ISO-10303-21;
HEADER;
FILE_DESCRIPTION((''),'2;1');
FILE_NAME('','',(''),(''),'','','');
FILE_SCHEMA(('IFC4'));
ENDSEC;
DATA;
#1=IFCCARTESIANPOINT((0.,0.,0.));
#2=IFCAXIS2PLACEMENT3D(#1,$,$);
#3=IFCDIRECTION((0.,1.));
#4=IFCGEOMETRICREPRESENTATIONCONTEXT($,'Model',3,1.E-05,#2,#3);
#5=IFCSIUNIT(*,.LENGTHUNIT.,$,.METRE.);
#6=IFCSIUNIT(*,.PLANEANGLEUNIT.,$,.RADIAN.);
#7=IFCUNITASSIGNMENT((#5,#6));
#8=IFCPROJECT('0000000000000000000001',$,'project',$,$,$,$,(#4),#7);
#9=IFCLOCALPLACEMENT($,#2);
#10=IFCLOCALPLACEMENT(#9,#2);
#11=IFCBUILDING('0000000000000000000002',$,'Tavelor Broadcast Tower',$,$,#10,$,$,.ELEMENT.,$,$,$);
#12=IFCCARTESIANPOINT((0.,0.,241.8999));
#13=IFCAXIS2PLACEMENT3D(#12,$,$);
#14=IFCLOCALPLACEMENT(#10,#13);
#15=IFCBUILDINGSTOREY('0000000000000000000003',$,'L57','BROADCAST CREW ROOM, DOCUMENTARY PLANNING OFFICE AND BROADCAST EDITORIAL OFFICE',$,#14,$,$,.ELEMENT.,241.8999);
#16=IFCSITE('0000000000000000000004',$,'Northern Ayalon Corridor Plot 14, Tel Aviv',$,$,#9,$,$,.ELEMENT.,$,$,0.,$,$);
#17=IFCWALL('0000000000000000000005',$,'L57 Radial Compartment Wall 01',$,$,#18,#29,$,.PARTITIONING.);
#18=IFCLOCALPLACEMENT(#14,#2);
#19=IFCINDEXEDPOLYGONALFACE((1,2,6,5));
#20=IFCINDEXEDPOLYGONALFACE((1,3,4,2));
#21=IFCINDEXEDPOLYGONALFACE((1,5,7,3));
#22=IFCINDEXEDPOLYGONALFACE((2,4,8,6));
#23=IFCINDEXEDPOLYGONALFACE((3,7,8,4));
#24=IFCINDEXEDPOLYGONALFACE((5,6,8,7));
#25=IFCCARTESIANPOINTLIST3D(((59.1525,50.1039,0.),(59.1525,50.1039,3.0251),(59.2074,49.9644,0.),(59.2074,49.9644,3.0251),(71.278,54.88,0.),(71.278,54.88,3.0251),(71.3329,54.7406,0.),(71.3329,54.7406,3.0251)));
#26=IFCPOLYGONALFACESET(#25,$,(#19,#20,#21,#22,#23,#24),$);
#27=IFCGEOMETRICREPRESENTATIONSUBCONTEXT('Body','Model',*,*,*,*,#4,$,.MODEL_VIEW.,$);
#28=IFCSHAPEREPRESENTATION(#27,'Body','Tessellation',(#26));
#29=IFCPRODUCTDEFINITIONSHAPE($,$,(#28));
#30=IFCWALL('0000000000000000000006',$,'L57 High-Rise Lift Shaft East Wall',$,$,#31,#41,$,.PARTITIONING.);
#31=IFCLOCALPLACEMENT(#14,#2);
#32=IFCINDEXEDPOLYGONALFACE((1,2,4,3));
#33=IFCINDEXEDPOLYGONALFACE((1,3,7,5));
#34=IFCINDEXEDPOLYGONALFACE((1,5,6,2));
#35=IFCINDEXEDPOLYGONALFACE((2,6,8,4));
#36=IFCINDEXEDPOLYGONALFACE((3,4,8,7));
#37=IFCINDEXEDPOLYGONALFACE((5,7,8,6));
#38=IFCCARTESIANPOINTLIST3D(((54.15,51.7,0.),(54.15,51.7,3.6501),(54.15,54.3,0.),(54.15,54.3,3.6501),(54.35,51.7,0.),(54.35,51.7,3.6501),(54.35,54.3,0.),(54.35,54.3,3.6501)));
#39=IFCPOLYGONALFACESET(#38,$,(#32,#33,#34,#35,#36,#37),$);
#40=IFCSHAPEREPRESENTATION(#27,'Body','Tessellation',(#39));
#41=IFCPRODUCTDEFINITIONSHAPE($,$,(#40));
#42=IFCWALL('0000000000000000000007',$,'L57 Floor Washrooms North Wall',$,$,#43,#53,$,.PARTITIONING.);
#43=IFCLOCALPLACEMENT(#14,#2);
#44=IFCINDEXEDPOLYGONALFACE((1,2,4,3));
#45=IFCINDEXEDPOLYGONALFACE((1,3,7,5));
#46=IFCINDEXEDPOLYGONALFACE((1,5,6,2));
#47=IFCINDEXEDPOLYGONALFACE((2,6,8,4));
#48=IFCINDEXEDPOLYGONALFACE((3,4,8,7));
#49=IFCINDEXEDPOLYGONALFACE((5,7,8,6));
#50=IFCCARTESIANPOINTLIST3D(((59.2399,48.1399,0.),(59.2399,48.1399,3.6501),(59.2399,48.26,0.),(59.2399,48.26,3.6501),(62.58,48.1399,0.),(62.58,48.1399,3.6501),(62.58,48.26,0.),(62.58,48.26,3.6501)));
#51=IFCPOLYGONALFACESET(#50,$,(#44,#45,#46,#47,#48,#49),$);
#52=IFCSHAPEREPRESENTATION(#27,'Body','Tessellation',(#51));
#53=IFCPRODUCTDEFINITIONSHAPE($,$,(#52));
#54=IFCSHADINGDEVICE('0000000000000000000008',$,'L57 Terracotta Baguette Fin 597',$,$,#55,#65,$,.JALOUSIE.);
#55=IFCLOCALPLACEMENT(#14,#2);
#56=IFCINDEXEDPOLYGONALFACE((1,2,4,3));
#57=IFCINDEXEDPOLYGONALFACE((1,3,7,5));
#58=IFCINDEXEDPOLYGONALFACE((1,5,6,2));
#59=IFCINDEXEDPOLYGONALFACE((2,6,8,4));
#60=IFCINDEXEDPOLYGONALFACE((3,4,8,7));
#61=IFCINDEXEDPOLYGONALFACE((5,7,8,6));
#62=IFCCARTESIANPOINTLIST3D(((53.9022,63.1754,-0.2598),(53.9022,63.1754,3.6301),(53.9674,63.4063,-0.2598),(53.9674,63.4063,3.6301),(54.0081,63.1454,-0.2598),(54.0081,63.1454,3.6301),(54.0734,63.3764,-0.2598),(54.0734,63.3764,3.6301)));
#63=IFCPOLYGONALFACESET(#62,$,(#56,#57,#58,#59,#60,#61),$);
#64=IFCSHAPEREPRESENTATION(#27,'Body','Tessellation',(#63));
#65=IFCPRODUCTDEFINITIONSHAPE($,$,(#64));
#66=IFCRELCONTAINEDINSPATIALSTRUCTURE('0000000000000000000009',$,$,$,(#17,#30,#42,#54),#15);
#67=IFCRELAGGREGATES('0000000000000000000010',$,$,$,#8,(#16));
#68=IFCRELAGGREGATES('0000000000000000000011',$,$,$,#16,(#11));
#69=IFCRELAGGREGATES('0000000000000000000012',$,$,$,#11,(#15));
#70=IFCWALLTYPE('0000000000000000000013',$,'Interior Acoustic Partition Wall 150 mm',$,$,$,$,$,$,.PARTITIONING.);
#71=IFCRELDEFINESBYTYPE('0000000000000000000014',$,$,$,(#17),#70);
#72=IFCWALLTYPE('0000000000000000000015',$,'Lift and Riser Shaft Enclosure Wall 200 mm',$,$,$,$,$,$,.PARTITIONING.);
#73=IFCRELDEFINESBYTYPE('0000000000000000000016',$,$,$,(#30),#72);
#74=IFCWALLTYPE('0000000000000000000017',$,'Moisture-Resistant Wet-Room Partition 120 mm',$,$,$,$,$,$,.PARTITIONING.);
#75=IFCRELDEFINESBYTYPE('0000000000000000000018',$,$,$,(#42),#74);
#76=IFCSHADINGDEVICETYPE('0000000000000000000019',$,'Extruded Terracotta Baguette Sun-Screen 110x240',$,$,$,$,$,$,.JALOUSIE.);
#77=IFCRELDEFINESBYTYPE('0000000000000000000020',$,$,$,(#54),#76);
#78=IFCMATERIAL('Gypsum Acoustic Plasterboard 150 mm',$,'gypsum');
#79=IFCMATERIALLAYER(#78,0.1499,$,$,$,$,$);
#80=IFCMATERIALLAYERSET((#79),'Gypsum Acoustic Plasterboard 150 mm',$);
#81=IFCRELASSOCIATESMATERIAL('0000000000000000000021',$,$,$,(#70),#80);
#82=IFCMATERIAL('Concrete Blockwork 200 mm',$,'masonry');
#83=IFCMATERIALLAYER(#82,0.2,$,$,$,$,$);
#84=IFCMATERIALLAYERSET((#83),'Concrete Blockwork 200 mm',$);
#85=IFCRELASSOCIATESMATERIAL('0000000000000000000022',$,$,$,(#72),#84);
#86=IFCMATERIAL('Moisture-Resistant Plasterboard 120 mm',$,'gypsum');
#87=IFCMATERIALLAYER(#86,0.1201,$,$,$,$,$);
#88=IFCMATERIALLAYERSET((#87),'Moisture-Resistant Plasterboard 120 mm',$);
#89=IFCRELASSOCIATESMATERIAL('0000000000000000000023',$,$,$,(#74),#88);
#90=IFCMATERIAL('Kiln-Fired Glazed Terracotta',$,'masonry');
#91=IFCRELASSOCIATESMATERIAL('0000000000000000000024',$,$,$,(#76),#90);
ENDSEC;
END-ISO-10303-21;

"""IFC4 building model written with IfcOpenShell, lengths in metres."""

from ifc_helpers import new_model, si_unit, direction, frame, frame_2d, origin, origin_2d, place, context, subcontext, project, spatial, rectangle, extrude, source, transform, mapped, material, layer, layer_set, type_object, type_shapes, element, save


model = new_model("IFC4")

# Units and contexts
model_context = context("Model", 3, precision=1e-05, world=origin(), true_north=direction((0.0, 1.0)))
body_context = subcontext(model_context, "Body", "Model", "MODEL_VIEW")
ifc_project = project(units=[si_unit("LENGTHUNIT", "METRE"), si_unit("PLANEANGLEUNIT", "RADIAN")], contexts=[model_context])

# Site, building, storey
site_placement = place(None, origin())
site = spatial("IfcSite", under=ifc_project, at=site_placement, Name="Northern Ayalon Corridor Plot 14, Tel Aviv", CompositionType="ELEMENT", RefElevation=0.0)
building_placement = place(site_placement, origin())
building = spatial("IfcBuilding", under=site, at=building_placement, Name="Tavelor Broadcast Tower", CompositionType="ELEMENT")
storey_placement = place(building_placement, frame((0.0, 0.0, 241.8999)))
storey = spatial("IfcBuildingStorey", under=building, at=storey_placement, Name="L57", Description="BROADCAST CREW ROOM, DOCUMENTARY PLANNING OFFICE AND BROADCAST EDITORIAL OFFICE", CompositionType="ELEMENT", Elevation=241.8999)

# Walls
ifc_material_1 = material(Name="Gypsum Acoustic Plasterboard 150 mm", Category="gypsum")
ifc_layer_1 = layer(ifc_material_1, 0.1499)
ifc_layer_set_1 = layer_set([ifc_layer_1], Name="Gypsum Acoustic Plasterboard 150 mm")
wall_type_1 = type_object("IfcWallType", Name="Interior Acoustic Partition Wall 150 mm", PredefinedType="PARTITIONING", material=ifc_layer_set_1)
wall_1_placement = place(storey_placement, frame((59.1799, 50.0342, 0.0), z_axis=(0.0, 0.0, 1.0), x_axis=(0.930424, 0.366486, 0.0)))
element("IfcWall", 1, at=wall_1_placement, inside=storey, type_object=wall_type_1, Name="L57 Radial Compartment Wall 01", PredefinedType="PARTITIONING", context=body_context, shape_type="SweptSolid", body=[
    extrude(rectangle(XDim=13.0322, YDim=0.1499, at=frame_2d((6.5161, 0.0))), origin(), (0.0, 0.0, 1.0), 3.0251),
])
ifc_material_2 = material(Name="Concrete Blockwork 200 mm", Category="masonry")
ifc_layer_2 = layer(ifc_material_2, 0.2)
ifc_layer_set_2 = layer_set([ifc_layer_2], Name="Concrete Blockwork 200 mm")
wall_type_2 = type_object("IfcWallType", Name="Lift and Riser Shaft Enclosure Wall 200 mm", PredefinedType="PARTITIONING", material=ifc_layer_set_2)
wall_2_placement = place(storey_placement, frame((54.25, 51.7, 0.0), z_axis=(0.0, 0.0, 1.0), x_axis=(0.0, 1.0, 0.0)))
element("IfcWall", 2, at=wall_2_placement, inside=storey, type_object=wall_type_2, Name="L57 High-Rise Lift Shaft East Wall", PredefinedType="PARTITIONING", context=body_context, shape_type="SweptSolid", body=[
    extrude(rectangle(XDim=2.6001, YDim=0.2, at=frame_2d((1.3, 0.0))), origin(), (0.0, 0.0, 1.0), 3.6501),
])
ifc_material_3 = material(Name="Moisture-Resistant Plasterboard 120 mm", Category="gypsum")
ifc_layer_3 = layer(ifc_material_3, 0.1201)
ifc_layer_set_3 = layer_set([ifc_layer_3], Name="Moisture-Resistant Plasterboard 120 mm")
wall_type_3 = type_object("IfcWallType", Name="Moisture-Resistant Wet-Room Partition 120 mm", PredefinedType="PARTITIONING", material=ifc_layer_set_3)
wall_3_placement = place(storey_placement, frame((59.24, 48.2, 0.0), z_axis=(0.0, 0.0, 1.0), x_axis=(1.0, 0.0, 0.0)))
element("IfcWall", 3, at=wall_3_placement, inside=storey, type_object=wall_type_3, Name="L57 Floor Washrooms North Wall", PredefinedType="PARTITIONING", context=body_context, shape_type="SweptSolid", body=[
    extrude(rectangle(XDim=3.3401, YDim=0.1201, at=frame_2d((1.6699, 0.0))), origin(), (0.0, 0.0, 1.0), 3.6501),
])

# Shading device
ifc_material_4 = material(Name="Kiln-Fired Glazed Terracotta", Category="masonry")
shading_device_type = type_object("IfcShadingDeviceType", Name="Extruded Terracotta Baguette Sun-Screen 110x240", PredefinedType="JALOUSIE", material=ifc_material_4)
shared_shape_1 = source(origin(), body_context, "Body", "SweptSolid", [
    extrude(rectangle(XDim=0.1101, YDim=0.24, at=origin_2d()), origin(), (0.0, 0.0, 1.0), 3.8899),
])
type_shapes(shading_device_type, [shared_shape_1])
shading_device_placement = place(storey_placement, frame((53.9878, 63.2759, -0.2598), z_axis=(0.0, 0.0, 1.0), x_axis=(-0.962313, 0.271944, 0.0)))
element("IfcShadingDevice", 4, at=shading_device_placement, inside=storey, type_object=shading_device_type, Name="L57 Terracotta Baguette Fin 597", PredefinedType="JALOUSIE", context=body_context, shape_type="MappedRepresentation", body=[
    mapped(shared_shape_1, transform((0.0, 0.0, 0.0), scale=1.0)),
])

save(model, "model.ifc")
